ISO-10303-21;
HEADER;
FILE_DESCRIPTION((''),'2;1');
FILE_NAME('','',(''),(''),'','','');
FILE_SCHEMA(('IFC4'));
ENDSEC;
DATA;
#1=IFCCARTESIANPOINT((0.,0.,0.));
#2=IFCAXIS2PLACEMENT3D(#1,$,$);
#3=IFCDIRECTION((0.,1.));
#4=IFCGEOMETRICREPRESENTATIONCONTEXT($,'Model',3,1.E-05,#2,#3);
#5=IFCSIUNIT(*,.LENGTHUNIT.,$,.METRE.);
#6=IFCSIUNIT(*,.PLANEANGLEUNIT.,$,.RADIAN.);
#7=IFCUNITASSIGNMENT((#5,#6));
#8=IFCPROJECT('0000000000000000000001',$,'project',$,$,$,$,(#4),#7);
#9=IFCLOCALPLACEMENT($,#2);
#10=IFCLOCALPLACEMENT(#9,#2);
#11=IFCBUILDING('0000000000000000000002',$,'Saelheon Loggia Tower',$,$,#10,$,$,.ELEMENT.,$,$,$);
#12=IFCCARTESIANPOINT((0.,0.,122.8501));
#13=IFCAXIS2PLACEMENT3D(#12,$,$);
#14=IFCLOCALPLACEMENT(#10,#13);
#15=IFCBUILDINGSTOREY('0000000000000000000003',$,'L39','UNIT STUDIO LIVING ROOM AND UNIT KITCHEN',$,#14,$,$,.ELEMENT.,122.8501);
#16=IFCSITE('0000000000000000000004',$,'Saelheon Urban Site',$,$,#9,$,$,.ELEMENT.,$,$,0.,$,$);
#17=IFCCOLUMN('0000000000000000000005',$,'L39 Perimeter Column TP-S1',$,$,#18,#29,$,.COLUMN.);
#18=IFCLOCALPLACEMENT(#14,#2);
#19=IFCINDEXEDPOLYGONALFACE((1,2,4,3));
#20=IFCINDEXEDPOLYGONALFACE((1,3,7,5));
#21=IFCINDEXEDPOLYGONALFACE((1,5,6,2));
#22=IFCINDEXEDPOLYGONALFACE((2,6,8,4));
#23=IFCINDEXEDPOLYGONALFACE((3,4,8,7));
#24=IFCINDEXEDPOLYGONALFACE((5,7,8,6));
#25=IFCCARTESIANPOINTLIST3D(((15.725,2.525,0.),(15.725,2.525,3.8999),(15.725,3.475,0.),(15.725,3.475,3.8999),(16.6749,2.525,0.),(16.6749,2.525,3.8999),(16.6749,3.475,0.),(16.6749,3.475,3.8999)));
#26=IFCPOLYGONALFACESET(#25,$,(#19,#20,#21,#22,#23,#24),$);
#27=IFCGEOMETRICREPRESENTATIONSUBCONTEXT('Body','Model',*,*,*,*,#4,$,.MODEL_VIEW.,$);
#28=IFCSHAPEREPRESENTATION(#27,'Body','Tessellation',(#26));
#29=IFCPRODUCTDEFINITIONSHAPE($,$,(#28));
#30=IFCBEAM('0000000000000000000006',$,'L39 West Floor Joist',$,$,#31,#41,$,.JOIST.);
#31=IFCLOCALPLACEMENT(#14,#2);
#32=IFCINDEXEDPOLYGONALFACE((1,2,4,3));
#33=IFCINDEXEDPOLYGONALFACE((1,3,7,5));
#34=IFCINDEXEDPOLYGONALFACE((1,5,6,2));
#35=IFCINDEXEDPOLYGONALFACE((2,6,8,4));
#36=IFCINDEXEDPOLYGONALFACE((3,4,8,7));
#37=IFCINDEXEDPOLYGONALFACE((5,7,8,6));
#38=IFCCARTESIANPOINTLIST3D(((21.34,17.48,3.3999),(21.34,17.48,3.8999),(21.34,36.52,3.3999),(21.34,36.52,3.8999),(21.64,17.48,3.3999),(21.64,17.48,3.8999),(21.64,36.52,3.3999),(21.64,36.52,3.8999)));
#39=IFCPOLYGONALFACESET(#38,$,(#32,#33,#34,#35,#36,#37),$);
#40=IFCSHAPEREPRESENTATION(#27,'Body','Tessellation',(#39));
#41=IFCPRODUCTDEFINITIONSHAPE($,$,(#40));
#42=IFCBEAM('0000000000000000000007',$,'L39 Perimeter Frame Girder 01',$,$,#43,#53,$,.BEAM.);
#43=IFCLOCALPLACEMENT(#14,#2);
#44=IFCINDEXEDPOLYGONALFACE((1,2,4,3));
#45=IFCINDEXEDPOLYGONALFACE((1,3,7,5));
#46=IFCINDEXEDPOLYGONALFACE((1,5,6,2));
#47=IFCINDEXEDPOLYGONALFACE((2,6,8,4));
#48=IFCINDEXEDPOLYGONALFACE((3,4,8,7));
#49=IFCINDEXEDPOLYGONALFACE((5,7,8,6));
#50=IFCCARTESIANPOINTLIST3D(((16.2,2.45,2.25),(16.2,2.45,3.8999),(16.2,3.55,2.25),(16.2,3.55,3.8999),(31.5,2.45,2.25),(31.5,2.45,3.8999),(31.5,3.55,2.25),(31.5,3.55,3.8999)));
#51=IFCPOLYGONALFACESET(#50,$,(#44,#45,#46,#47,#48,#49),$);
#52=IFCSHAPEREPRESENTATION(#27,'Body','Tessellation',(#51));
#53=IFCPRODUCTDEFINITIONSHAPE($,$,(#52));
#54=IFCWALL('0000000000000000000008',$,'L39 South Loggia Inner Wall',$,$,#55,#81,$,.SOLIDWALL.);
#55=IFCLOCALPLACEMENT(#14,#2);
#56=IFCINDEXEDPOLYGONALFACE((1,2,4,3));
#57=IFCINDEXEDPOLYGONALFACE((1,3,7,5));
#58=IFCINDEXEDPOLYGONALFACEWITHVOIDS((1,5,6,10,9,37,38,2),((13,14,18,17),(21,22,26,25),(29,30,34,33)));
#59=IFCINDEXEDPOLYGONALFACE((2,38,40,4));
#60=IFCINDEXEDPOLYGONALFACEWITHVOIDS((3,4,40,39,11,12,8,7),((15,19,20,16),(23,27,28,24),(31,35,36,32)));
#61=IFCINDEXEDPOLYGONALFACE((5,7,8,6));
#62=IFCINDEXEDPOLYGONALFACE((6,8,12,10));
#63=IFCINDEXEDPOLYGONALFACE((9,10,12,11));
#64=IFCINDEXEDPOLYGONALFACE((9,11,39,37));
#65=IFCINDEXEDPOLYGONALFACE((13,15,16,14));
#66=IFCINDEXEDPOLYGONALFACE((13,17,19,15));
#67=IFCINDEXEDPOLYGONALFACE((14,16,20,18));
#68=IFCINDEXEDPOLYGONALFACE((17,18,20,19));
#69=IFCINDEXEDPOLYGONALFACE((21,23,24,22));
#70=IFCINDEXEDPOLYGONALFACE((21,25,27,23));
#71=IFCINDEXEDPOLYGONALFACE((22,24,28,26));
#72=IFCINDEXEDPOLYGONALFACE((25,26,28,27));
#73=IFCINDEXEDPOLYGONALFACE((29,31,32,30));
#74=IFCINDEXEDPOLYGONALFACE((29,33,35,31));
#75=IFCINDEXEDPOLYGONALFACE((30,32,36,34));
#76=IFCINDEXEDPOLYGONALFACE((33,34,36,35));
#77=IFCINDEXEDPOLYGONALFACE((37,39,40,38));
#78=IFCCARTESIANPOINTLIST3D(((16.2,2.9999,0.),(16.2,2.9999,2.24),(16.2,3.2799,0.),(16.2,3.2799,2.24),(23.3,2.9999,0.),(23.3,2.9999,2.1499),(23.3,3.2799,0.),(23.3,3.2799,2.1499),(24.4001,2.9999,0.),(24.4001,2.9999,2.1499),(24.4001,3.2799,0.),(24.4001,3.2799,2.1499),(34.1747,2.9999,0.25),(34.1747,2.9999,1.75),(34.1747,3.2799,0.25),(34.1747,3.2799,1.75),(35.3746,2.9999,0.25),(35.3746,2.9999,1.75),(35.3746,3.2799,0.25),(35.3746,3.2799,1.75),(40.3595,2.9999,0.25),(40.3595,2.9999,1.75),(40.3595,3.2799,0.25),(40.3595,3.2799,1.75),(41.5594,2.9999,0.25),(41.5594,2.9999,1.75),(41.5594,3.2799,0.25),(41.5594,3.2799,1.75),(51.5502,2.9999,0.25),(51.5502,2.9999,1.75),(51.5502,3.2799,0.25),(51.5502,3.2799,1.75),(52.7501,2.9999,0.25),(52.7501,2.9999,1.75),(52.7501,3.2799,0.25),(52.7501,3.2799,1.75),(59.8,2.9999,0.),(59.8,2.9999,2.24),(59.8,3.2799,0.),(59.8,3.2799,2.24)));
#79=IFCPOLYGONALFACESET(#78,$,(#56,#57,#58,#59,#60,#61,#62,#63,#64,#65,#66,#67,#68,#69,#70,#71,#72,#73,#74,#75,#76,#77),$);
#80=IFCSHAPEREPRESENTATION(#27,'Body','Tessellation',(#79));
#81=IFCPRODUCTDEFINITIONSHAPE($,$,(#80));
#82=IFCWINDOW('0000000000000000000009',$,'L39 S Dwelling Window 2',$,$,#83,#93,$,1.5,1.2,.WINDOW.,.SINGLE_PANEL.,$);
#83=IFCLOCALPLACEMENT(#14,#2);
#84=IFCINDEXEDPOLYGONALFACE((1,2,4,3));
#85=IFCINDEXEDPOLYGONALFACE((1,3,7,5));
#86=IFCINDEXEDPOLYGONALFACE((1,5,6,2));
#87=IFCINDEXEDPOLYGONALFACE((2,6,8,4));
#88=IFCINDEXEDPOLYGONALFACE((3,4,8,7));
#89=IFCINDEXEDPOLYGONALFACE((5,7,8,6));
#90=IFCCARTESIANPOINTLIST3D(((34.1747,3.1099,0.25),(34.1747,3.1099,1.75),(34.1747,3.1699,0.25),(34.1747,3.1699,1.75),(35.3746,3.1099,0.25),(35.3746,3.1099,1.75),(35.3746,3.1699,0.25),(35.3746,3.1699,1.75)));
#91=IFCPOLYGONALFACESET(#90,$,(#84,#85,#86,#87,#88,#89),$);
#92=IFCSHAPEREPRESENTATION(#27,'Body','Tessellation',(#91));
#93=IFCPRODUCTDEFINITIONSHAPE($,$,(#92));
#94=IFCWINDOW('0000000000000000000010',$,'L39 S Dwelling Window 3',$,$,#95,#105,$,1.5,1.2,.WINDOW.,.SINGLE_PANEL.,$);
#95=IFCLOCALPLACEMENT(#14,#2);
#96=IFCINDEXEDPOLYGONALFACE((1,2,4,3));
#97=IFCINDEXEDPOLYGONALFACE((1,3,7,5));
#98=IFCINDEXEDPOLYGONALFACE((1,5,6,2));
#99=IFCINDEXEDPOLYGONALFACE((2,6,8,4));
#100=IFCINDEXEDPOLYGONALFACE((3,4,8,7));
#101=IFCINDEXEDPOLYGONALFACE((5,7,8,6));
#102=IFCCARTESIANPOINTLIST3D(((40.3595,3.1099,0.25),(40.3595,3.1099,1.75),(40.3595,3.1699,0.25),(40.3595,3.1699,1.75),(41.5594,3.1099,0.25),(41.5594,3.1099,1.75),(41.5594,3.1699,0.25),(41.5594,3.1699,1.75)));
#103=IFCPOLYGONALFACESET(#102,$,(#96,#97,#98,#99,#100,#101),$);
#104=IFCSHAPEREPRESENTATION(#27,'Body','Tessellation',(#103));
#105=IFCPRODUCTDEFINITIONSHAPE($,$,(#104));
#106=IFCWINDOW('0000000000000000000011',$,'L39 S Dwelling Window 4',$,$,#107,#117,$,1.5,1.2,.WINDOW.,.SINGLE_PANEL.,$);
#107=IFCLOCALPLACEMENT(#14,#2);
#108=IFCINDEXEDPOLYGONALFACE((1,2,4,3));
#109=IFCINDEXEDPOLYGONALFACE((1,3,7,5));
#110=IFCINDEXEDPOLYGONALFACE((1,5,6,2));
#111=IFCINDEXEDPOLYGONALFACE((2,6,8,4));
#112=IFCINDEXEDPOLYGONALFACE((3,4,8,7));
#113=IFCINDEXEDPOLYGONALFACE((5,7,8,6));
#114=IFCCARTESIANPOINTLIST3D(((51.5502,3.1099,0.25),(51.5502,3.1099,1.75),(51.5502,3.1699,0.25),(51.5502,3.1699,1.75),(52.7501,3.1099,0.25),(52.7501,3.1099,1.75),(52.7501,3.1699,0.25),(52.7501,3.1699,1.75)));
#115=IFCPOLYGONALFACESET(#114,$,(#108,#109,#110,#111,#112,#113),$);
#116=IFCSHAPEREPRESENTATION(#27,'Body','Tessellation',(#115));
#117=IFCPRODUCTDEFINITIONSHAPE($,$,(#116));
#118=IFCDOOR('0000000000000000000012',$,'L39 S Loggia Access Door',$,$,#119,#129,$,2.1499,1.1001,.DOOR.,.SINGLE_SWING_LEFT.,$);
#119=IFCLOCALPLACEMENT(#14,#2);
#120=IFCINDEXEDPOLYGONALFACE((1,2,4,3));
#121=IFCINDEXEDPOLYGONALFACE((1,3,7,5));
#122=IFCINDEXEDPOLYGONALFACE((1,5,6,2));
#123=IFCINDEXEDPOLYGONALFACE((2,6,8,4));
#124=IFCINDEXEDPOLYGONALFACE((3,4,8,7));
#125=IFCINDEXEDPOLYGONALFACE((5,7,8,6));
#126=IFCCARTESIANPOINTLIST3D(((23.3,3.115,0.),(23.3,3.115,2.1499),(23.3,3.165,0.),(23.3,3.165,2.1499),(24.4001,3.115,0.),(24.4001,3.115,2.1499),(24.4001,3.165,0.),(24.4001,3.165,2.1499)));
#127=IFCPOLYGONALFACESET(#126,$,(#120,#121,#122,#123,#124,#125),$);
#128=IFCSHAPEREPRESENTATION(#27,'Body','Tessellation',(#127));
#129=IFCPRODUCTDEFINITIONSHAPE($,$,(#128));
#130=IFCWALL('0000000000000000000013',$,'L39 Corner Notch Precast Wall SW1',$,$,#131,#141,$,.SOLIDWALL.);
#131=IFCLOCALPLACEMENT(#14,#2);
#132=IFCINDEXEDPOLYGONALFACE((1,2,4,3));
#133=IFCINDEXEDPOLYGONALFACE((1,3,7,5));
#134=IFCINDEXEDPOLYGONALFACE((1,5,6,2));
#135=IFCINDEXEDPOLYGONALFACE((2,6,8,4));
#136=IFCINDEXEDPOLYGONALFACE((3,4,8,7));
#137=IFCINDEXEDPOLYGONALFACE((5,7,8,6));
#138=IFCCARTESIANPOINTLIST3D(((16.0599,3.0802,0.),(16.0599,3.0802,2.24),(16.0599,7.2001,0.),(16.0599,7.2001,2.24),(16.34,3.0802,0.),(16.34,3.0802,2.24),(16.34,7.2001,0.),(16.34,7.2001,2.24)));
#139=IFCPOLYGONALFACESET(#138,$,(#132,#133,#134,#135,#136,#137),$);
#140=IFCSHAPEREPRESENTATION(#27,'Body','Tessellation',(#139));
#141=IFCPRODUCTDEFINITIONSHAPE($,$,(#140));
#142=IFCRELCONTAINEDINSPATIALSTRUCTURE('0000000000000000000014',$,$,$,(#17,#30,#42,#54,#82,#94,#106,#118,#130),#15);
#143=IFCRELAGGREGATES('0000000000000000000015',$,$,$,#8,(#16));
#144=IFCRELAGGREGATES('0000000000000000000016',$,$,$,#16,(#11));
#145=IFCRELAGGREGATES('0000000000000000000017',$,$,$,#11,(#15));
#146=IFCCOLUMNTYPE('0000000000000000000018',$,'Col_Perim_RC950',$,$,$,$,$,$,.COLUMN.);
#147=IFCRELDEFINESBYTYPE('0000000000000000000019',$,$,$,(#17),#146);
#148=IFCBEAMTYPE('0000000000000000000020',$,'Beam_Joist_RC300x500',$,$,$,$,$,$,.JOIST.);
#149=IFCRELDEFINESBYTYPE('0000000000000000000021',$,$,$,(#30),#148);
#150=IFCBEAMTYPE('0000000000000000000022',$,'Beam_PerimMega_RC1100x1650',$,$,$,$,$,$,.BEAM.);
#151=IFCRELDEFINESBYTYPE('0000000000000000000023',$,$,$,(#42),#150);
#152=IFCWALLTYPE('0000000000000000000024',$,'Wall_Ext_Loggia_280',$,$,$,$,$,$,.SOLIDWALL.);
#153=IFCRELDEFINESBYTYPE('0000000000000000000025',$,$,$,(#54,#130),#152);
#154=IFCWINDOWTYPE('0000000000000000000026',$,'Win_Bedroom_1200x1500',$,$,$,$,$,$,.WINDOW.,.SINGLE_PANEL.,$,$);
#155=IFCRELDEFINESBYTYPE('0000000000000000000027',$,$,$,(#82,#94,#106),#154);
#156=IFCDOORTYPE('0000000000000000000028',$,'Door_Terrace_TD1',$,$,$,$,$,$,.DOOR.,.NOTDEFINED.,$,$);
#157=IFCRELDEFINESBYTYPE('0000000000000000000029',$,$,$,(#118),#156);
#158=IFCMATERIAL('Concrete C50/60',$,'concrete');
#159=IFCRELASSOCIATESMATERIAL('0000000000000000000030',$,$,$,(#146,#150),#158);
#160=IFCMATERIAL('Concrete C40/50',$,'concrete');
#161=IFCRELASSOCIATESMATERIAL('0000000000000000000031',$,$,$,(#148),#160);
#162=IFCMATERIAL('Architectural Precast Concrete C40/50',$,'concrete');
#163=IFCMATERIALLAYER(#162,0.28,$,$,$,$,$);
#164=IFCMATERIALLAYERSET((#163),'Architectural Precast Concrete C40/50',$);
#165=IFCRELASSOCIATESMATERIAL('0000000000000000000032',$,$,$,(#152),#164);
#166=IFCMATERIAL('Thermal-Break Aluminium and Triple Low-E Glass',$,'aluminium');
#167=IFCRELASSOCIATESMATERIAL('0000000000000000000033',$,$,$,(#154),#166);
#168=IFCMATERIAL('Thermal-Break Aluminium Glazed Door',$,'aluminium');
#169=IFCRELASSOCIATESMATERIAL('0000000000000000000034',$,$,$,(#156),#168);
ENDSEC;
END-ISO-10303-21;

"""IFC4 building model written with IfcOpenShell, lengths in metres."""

from ifc_helpers import new_model, si_unit, direction, frame, frame_2d, origin, origin_2d, place, context, subcontext, project, spatial, rectangle, extrude, source, transform, mapped, material, layer, layer_set, material_profile, profile_set, type_object, element, fill, save


model = new_model("IFC4")

# Units and contexts
model_context = context("Model", 3, precision=1e-05, world=origin(), true_north=direction((0.0, 1.0)))
body_context = subcontext(model_context, "Body", "Model", "MODEL_VIEW")
ifc_project = project(units=[si_unit("LENGTHUNIT", "METRE"), si_unit("PLANEANGLEUNIT", "RADIAN")], contexts=[model_context])

# Site, building, storey
site_placement = place(None, origin())
site = spatial("IfcSite", under=ifc_project, at=site_placement, Name="Saelheon Urban Site", CompositionType="ELEMENT", RefElevation=0.0)
building_placement = place(site_placement, origin())
building = spatial("IfcBuilding", under=site, at=building_placement, Name="Saelheon Loggia Tower", CompositionType="ELEMENT")
storey_placement = place(building_placement, frame((0.0, 0.0, 122.8501)))
storey = spatial("IfcBuildingStorey", under=building, at=storey_placement, Name="L39", Description="UNIT STUDIO LIVING ROOM AND UNIT KITCHEN", CompositionType="ELEMENT", Elevation=122.8501)

# Column
ifc_material_1 = material(Name="Concrete C50/60", Category="concrete")
ifc_material_profile_1 = material_profile(ifc_material_1, rectangle(XDim=0.95, YDim=0.95, at=origin_2d()), Name="RC-950x950")
ifc_profile_set_1 = profile_set([ifc_material_profile_1], Name="Concrete C50/60")
column_type = type_object("IfcColumnType", Name="Col_Perim_RC950", PredefinedType="COLUMN", material=ifc_profile_set_1)
shared_shape_1 = source(origin(), body_context, "Body", "SweptSolid", [
    extrude(rectangle(XDim=0.95, YDim=0.95, at=origin_2d()), origin(), (0.0, 0.0, 1.0), 3.8999),
])
column_placement = place(storey_placement, frame((16.2, 3.0, 0.0), z_axis=(0.0, 0.0, 1.0), x_axis=(1.0, 0.0, 0.0)))
element("IfcColumn", 1, at=column_placement, inside=storey, type_object=column_type, Name="L39 Perimeter Column TP-S1", PredefinedType="COLUMN", context=body_context, shape_type="MappedRepresentation", body=[
    mapped(shared_shape_1, transform((0.0, 0.0, 0.0), scale=1.0)),
])

# Beams
ifc_material_2 = material(Name="Concrete C40/50", Category="concrete")
ifc_material_profile_2 = material_profile(ifc_material_2, rectangle(XDim=0.3, YDim=0.5, at=origin_2d()), Name="RC-300x500")
ifc_profile_set_2 = profile_set([ifc_material_profile_2], Name="Concrete C40/50")
beam_type_1 = type_object("IfcBeamType", Name="Beam_Joist_RC300x500", PredefinedType="JOIST", material=ifc_profile_set_2)
shared_shape_2 = source(origin(), body_context, "Body", "SweptSolid", [
    extrude(rectangle(XDim=0.3, YDim=0.5, at=origin_2d()), origin(), (0.0, 0.0, 1.0), 19.04),
])
beam_1_placement = place(storey_placement, frame((21.49, 17.48, 3.6499), z_axis=(0.0, 1.0, 0.0), x_axis=(-1.0, 0.0, 0.0)))
element("IfcBeam", 2, at=beam_1_placement, inside=storey, type_object=beam_type_1, Name="L39 West Floor Joist", PredefinedType="JOIST", context=body_context, shape_type="MappedRepresentation", body=[
    mapped(shared_shape_2, transform((0.0, 0.0, 0.0), scale=1.0)),
])
ifc_material_profile_3 = material_profile(ifc_material_1, rectangle(XDim=1.1001, YDim=1.6499, at=origin_2d()), Name="RC-1100x1650")
ifc_profile_set_3 = profile_set([ifc_material_profile_3], Name="Concrete C50/60")
beam_type_2 = type_object("IfcBeamType", Name="Beam_PerimMega_RC1100x1650", PredefinedType="BEAM", material=ifc_profile_set_3)
shared_shape_3 = source(origin(), body_context, "Body", "SweptSolid", [
    extrude(rectangle(XDim=1.1001, YDim=1.6499, at=origin_2d()), origin(), (0.0, 0.0, 1.0), 15.3),
])
beam_2_placement = place(storey_placement, frame((16.2, 3.0, 3.075), z_axis=(1.0, 0.0, 0.0), x_axis=(0.0, 1.0, 0.0)))
element("IfcBeam", 3, at=beam_2_placement, inside=storey, type_object=beam_type_2, Name="L39 Perimeter Frame Girder 01", PredefinedType="BEAM", context=body_context, shape_type="MappedRepresentation", body=[
    mapped(shared_shape_3, transform((0.0, 0.0, 0.0), scale=1.0)),
])

# Wall, openings, windows, door
ifc_material_3 = material(Name="Architectural Precast Concrete C40/50", Category="concrete")
ifc_layer_1 = layer(ifc_material_3, 0.28)
ifc_layer_set_1 = layer_set([ifc_layer_1], Name="Architectural Precast Concrete C40/50")
wall_type_1 = type_object("IfcWallType", Name="Wall_Ext_Loggia_280", PredefinedType="SOLIDWALL", material=ifc_layer_set_1)
wall_1_placement = place(storey_placement, frame((16.2, 3.1399, 0.0), z_axis=(0.0, 0.0, 1.0), x_axis=(1.0, 0.0, 0.0)))
wall_1 = element("IfcWall", 4, at=wall_1_placement, inside=storey, type_object=wall_type_1, Name="L39 South Loggia Inner Wall", PredefinedType="SOLIDWALL", context=body_context, shape_type="SweptSolid", body=[
    extrude(rectangle(XDim=43.6001, YDim=0.28, at=frame_2d((21.8, 0.0))), origin(), (0.0, 0.0, 1.0), 2.24),
])
opening_1_placement = place(wall_1_placement, frame((8.2002, 0.0, 0.0), z_axis=(0.0, 0.0, 1.0), x_axis=(-1.0, 0.0, 0.0)))
opening_1 = element("IfcOpeningElement", 5, at=opening_1_placement, cuts=wall_1, PredefinedType="OPENING", context=body_context, shape_type="SweptSolid", body=[
    extrude(rectangle(XDim=1.1001, YDim=2.1499, at=frame_2d((0.55, 1.075))), frame((0.0, 0.1521, 0.0), z_axis=(0.0, -1.0, 0.0), x_axis=(1.0, 0.0, 0.0)), (0.0, 0.0, 1.0), 0.304),
])
opening_2_placement = place(wall_1_placement, frame((17.9746, 0.0, 0.25)))
opening_2 = element("IfcOpeningElement", 6, at=opening_2_placement, cuts=wall_1, PredefinedType="OPENING", context=body_context, shape_type="SweptSolid", body=[
    extrude(rectangle(XDim=1.2, YDim=1.5, at=frame_2d((0.6001, 0.75))), frame((0.0, 0.1521, 0.0), z_axis=(0.0, -1.0, 0.0), x_axis=(1.0, 0.0, 0.0)), (0.0, 0.0, 1.0), 0.304),
])
opening_3_placement = place(wall_1_placement, frame((24.1594, 0.0, 0.25)))
opening_3 = element("IfcOpeningElement", 7, at=opening_3_placement, cuts=wall_1, PredefinedType="OPENING", context=body_context, shape_type="SweptSolid", body=[
    extrude(rectangle(XDim=1.2, YDim=1.5, at=frame_2d((0.6001, 0.75))), frame((0.0, 0.1521, 0.0), z_axis=(0.0, -1.0, 0.0), x_axis=(1.0, 0.0, 0.0)), (0.0, 0.0, 1.0), 0.304),
])
opening_4_placement = place(wall_1_placement, frame((35.3501, 0.0, 0.25)))
opening_4 = element("IfcOpeningElement", 8, at=opening_4_placement, cuts=wall_1, PredefinedType="OPENING", context=body_context, shape_type="SweptSolid", body=[
    extrude(rectangle(XDim=1.2, YDim=1.5, at=frame_2d((0.6001, 0.75))), frame((0.0, 0.1521, 0.0), z_axis=(0.0, -1.0, 0.0), x_axis=(1.0, 0.0, 0.0)), (0.0, 0.0, 1.0), 0.304),
])
ifc_material_4 = material(Name="Thermal-Break Aluminium and Triple Low-E Glass", Category="aluminium")
window_type = type_object("IfcWindowType", Name="Win_Bedroom_1200x1500", PartitioningType="SINGLE_PANEL", PredefinedType="WINDOW", material=ifc_material_4)
shared_shape_4 = source(origin(), body_context, "Body", "SweptSolid", [
    extrude(rectangle(XDim=1.2, YDim=1.5, at=frame_2d((0.6001, 0.75))), frame((0.0, 0.03, 0.0), z_axis=(0.0, -1.0, 0.0), x_axis=(1.0, 0.0, 0.0)), (0.0, 0.0, 1.0), 0.0601),
])
window_1_placement = place(opening_2_placement, origin())
window_1 = element("IfcWindow", 9, at=window_1_placement, inside=storey, type_object=window_type, Name="L39 S Dwelling Window 2", OverallHeight=1.5, OverallWidth=1.2, PartitioningType="SINGLE_PANEL", PredefinedType="WINDOW", context=body_context, shape_type="MappedRepresentation", body=[
    mapped(shared_shape_4, transform((0.0, 0.0, 0.0), scale=1.0)),
])
fill(opening_2, window_1)
window_2_placement = place(opening_3_placement, origin())
window_2 = element("IfcWindow", 10, at=window_2_placement, inside=storey, type_object=window_type, Name="L39 S Dwelling Window 3", OverallHeight=1.5, OverallWidth=1.2, PartitioningType="SINGLE_PANEL", PredefinedType="WINDOW", context=body_context, shape_type="MappedRepresentation", body=[
    mapped(shared_shape_4, transform((0.0, 0.0, 0.0), scale=1.0)),
])
fill(opening_3, window_2)
window_3_placement = place(opening_4_placement, origin())
window_3 = element("IfcWindow", 11, at=window_3_placement, inside=storey, type_object=window_type, Name="L39 S Dwelling Window 4", OverallHeight=1.5, OverallWidth=1.2, PartitioningType="SINGLE_PANEL", PredefinedType="WINDOW", context=body_context, shape_type="MappedRepresentation", body=[
    mapped(shared_shape_4, transform((0.0, 0.0, 0.0), scale=1.0)),
])
fill(opening_4, window_3)
ifc_material_5 = material(Name="Thermal-Break Aluminium Glazed Door", Category="aluminium")
door_type_1 = type_object("IfcDoorType", Name="Door_Terrace_TD1", OperationType="NOTDEFINED", PredefinedType="DOOR", material=ifc_material_5)
shared_shape_5 = source(origin(), body_context, "Body", "SweptSolid", [
    extrude(rectangle(XDim=1.1001, YDim=2.1499, at=frame_2d((0.55, 1.075))), frame((0.0, 0.0249, 0.0), z_axis=(0.0, -1.0, 0.0), x_axis=(1.0, 0.0, 0.0)), (0.0, 0.0, 1.0), 0.05),
])
door_1_placement = place(opening_1_placement, origin())
door_1 = element("IfcDoor", 12, at=door_1_placement, inside=storey, type_object=door_type_1, Name="L39 S Loggia Access Door", OperationType="SINGLE_SWING_LEFT", OverallHeight=2.1499, OverallWidth=1.1001, PredefinedType="DOOR", context=body_context, shape_type="MappedRepresentation", body=[
    mapped(shared_shape_5, transform((0.0, 0.0, 0.0), scale=1.0)),
])
fill(opening_1, door_1)

# Wall
wall_2_placement = place(storey_placement, frame((16.2, 3.0801, 0.0), z_axis=(0.0, 0.0, 1.0), x_axis=(0.0, 1.0, 0.0)))
element("IfcWall", 13, at=wall_2_placement, inside=storey, type_object=wall_type_1, Name="L39 Corner Notch Precast Wall SW1", PredefinedType="SOLIDWALL", context=body_context, shape_type="SweptSolid", body=[
    extrude(rectangle(XDim=4.1199, YDim=0.28, at=frame_2d((2.0601, 0.0))), origin(), (0.0, 0.0, 1.0), 2.24),
])

save(model, "model.ifc")
